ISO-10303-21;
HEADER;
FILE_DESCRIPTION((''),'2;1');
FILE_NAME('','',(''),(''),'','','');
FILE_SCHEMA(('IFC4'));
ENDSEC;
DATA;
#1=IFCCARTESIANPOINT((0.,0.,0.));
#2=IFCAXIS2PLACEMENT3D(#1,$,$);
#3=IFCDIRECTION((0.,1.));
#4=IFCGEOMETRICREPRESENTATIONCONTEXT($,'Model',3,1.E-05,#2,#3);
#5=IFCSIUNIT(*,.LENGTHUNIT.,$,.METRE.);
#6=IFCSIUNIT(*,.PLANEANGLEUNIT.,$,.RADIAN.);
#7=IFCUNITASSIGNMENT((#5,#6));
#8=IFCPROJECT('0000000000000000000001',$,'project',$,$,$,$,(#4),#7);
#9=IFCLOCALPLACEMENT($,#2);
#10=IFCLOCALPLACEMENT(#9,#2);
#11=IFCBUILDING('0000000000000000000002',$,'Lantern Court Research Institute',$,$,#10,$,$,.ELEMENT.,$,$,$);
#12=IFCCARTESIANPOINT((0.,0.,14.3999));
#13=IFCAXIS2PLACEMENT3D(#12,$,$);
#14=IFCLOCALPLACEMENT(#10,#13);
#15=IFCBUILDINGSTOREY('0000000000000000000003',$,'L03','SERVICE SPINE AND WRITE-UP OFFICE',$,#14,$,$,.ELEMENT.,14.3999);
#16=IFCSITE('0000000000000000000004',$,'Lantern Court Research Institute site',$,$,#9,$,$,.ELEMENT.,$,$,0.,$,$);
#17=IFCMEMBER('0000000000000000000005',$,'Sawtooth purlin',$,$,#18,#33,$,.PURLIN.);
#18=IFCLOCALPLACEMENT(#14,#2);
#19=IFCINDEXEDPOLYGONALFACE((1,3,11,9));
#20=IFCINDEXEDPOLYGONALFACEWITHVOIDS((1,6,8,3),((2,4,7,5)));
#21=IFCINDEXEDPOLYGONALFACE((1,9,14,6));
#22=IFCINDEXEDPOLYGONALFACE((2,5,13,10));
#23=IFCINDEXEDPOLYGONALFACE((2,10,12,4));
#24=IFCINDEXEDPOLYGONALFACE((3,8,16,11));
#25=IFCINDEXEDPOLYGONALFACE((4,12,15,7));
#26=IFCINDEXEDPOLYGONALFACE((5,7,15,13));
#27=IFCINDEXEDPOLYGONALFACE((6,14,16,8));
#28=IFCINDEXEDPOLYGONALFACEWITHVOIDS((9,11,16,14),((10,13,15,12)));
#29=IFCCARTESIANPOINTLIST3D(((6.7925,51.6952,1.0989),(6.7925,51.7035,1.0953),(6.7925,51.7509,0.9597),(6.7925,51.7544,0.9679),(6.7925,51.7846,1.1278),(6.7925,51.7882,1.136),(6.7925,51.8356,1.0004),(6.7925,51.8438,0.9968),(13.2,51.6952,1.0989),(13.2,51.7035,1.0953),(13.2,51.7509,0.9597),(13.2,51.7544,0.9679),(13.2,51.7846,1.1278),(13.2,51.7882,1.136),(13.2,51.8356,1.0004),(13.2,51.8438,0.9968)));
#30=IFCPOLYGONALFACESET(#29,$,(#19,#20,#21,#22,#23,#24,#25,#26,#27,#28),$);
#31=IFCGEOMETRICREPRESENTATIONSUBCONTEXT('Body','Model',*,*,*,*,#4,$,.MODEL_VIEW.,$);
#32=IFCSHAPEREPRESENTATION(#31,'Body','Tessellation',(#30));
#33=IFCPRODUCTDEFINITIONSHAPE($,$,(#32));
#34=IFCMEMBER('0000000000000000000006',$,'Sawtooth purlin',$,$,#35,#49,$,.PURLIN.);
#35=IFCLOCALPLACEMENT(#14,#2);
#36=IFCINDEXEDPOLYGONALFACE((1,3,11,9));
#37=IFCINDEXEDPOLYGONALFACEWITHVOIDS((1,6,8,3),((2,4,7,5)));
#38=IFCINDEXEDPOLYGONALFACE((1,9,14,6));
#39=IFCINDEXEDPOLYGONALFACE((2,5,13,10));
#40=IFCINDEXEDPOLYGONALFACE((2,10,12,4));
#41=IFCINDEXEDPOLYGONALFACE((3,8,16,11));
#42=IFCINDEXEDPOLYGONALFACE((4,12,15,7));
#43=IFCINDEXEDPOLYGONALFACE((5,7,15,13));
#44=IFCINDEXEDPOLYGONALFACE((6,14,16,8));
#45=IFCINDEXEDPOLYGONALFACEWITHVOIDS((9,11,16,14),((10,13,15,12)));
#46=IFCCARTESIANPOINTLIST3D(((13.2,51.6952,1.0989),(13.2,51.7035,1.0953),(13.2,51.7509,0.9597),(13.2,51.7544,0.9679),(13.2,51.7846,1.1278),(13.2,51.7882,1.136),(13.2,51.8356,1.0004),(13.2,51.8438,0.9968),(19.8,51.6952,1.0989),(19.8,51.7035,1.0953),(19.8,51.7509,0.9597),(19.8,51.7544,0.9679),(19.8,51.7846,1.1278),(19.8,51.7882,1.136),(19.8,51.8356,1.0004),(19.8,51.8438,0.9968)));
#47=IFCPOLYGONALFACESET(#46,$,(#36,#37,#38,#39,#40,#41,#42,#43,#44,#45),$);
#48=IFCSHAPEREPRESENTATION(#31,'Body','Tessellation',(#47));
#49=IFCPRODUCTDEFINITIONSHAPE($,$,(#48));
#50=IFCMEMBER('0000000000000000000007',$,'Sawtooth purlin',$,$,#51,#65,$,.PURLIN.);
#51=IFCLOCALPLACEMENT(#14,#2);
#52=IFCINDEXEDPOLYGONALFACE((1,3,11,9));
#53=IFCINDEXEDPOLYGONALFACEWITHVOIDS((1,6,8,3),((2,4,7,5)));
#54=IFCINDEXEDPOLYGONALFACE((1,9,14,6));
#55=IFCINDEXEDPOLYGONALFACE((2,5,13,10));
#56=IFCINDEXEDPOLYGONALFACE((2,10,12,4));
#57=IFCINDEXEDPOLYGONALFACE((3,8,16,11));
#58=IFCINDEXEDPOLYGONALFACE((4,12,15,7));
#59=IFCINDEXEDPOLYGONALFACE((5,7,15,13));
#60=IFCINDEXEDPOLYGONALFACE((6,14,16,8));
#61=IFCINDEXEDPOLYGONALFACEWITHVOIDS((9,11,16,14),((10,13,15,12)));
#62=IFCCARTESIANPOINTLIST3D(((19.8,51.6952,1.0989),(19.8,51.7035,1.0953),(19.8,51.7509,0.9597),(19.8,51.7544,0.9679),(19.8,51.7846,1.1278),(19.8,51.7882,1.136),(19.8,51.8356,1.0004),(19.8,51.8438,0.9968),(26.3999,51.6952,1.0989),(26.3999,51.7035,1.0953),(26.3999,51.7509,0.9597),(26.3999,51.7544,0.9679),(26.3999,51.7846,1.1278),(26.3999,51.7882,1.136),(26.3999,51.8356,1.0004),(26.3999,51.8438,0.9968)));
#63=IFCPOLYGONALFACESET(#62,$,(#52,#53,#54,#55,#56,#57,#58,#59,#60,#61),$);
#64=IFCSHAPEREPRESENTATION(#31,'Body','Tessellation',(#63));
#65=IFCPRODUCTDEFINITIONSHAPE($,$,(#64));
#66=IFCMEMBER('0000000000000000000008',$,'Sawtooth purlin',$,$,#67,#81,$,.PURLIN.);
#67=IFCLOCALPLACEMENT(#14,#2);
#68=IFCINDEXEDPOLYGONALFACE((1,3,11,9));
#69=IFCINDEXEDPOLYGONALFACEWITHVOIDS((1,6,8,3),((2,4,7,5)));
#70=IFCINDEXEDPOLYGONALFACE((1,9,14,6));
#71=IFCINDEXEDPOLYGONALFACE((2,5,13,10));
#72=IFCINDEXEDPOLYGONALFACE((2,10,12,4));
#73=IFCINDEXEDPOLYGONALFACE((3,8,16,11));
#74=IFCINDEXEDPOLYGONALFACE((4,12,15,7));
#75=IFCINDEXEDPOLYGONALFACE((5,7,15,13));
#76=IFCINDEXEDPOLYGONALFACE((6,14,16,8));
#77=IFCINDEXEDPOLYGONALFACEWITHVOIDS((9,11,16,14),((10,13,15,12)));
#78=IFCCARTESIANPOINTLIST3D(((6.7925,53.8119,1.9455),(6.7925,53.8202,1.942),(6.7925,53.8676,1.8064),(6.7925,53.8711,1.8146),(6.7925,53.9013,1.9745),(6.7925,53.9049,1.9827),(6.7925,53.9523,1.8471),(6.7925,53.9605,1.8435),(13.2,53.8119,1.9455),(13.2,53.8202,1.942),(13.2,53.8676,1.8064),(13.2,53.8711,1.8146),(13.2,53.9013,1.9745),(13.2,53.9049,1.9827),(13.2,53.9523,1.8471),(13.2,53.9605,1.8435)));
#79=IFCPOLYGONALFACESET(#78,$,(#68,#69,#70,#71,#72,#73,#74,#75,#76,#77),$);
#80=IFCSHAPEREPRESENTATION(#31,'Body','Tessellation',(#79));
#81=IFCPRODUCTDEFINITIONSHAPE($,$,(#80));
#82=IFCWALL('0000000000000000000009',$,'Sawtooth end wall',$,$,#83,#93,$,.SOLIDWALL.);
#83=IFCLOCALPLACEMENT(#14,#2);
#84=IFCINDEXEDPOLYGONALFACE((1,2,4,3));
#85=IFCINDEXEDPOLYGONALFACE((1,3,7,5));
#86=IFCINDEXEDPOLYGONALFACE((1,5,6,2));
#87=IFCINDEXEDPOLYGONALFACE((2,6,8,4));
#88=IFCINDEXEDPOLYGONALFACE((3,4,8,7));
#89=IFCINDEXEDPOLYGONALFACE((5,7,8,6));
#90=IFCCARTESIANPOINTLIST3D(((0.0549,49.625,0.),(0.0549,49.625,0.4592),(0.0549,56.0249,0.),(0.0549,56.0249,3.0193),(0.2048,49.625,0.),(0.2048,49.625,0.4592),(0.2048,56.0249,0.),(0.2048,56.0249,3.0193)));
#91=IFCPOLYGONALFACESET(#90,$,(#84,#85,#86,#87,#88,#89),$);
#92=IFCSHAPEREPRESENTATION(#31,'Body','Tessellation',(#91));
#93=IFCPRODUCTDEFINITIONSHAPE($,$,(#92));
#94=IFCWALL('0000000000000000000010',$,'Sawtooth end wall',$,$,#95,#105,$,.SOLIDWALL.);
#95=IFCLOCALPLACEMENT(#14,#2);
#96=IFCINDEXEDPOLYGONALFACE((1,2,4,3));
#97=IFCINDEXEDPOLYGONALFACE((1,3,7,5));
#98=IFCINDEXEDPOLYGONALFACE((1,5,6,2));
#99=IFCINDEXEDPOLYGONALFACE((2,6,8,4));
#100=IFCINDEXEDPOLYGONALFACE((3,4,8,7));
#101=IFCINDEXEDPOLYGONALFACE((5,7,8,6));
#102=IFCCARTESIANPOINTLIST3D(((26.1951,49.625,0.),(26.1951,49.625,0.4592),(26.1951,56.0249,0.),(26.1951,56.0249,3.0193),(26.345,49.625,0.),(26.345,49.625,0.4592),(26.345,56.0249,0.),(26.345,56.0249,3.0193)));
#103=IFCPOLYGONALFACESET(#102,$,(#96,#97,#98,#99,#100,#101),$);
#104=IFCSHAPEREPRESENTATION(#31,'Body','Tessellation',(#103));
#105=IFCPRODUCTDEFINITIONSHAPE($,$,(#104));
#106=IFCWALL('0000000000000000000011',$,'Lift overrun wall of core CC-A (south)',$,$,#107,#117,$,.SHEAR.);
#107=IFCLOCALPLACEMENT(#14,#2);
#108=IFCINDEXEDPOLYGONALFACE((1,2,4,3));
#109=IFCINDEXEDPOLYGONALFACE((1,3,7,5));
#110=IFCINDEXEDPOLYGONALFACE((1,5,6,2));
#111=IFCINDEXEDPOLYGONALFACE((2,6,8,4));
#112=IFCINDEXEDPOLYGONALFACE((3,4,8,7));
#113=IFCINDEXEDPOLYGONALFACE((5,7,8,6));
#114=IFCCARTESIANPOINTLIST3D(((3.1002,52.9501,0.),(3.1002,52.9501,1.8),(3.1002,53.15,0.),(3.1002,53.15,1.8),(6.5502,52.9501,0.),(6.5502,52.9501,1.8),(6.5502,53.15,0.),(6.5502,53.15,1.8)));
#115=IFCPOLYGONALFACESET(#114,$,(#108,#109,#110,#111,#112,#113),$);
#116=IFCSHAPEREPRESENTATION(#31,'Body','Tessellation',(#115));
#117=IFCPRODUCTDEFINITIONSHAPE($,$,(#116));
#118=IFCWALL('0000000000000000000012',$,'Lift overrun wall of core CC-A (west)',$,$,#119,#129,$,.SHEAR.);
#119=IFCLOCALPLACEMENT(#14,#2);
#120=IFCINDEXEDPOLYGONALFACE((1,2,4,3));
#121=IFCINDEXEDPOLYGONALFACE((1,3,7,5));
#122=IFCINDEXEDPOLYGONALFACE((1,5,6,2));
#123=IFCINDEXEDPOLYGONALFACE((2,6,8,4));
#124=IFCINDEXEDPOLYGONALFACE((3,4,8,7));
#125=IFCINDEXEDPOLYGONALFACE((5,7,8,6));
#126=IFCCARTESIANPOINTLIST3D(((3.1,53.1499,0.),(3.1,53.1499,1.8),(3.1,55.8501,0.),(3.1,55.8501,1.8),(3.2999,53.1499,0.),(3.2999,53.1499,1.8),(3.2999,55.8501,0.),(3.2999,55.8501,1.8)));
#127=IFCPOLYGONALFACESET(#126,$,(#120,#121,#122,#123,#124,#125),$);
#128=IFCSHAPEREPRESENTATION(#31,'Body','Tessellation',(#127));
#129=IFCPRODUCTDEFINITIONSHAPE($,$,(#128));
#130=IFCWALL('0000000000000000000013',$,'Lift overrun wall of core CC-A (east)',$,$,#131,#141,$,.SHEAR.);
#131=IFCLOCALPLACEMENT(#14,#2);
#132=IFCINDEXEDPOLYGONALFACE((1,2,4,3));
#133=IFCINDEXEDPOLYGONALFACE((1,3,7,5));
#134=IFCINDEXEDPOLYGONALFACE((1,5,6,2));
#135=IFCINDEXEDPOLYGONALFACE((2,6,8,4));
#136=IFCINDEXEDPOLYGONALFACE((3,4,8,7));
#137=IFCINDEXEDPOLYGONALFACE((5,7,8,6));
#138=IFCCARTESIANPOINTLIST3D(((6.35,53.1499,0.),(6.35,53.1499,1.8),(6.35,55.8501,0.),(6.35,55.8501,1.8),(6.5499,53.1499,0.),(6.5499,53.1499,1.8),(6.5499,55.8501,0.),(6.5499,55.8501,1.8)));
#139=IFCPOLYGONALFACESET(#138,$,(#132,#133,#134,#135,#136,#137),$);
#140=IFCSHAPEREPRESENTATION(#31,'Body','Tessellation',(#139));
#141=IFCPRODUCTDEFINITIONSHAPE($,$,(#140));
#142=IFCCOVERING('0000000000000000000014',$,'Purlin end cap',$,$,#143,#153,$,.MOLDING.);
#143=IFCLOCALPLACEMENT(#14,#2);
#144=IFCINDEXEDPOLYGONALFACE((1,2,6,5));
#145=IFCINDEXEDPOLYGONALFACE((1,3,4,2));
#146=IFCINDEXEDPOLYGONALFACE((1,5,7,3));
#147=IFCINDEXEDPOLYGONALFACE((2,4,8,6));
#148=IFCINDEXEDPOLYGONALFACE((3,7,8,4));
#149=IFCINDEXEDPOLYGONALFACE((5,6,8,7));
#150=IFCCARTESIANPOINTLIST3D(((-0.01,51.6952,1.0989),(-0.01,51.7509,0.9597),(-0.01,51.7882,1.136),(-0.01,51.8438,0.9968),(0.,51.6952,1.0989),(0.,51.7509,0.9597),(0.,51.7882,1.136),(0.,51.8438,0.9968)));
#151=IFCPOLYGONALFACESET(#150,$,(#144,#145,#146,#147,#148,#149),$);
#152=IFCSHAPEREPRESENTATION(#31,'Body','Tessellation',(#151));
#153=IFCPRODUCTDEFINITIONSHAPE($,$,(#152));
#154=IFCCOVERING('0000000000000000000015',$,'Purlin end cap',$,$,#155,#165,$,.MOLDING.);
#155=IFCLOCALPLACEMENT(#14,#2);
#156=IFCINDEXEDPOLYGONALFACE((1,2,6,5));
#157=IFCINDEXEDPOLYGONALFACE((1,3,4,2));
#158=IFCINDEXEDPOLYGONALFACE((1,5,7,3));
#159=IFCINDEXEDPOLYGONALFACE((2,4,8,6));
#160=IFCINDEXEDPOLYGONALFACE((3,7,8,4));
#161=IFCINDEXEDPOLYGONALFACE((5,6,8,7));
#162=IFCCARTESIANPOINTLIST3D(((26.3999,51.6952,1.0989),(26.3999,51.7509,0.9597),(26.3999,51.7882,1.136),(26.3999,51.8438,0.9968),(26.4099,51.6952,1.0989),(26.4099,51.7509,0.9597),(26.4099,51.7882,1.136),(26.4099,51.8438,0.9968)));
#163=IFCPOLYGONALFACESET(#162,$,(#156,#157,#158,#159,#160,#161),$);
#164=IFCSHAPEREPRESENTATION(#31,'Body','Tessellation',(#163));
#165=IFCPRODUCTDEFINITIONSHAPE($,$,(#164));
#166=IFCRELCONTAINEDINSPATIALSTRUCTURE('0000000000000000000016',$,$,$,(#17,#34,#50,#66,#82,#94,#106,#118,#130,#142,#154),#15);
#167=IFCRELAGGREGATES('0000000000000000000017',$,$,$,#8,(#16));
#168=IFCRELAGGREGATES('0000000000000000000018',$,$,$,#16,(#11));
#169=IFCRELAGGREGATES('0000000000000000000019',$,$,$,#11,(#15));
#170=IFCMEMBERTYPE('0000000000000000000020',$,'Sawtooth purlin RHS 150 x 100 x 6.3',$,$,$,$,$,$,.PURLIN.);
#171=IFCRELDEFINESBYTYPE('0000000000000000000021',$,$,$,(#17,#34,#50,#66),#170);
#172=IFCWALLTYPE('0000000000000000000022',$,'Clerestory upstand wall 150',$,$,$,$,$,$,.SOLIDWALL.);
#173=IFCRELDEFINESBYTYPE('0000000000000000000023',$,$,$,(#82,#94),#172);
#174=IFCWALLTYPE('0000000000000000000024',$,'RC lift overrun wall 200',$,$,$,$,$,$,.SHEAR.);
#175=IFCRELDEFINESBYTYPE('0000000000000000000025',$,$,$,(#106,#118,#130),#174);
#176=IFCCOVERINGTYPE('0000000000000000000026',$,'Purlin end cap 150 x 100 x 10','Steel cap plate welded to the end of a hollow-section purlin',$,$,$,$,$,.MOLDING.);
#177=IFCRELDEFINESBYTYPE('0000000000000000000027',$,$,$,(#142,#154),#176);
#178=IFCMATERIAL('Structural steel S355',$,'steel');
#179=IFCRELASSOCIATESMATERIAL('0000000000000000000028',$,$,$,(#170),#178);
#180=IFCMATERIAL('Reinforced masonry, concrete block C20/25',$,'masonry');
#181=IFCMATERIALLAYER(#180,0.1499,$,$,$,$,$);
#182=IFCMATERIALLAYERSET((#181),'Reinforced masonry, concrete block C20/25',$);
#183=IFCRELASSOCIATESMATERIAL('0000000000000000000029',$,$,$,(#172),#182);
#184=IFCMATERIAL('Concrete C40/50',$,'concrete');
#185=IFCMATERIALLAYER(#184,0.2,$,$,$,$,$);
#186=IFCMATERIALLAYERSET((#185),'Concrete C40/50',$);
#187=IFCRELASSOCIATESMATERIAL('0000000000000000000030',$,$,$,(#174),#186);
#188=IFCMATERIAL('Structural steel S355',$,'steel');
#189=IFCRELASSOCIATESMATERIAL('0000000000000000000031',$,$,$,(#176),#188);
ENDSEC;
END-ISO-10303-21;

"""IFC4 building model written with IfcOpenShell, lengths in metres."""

from ifc_helpers import new_model, si_unit, direction, frame, frame_2d, origin, origin_2d, place, context, subcontext, project, spatial, polyline, rectangle, hollow_rectangle, outline, extrude, material, layer, layer_set, material_profile, profile_set, type_object, element, save


model = new_model("IFC4")

# Units and contexts
model_context = context("Model", 3, precision=1e-05, world=origin(), true_north=direction((0.0, 1.0)))
body_context = subcontext(model_context, "Body", "Model", "MODEL_VIEW")
ifc_project = project(units=[si_unit("LENGTHUNIT", "METRE"), si_unit("PLANEANGLEUNIT", "RADIAN")], contexts=[model_context])

# Site, building, storey
site_placement = place(None, origin())
site = spatial("IfcSite", under=ifc_project, at=site_placement, Name="Lantern Court Research Institute site", CompositionType="ELEMENT", RefElevation=0.0)
building_placement = place(site_placement, origin())
building = spatial("IfcBuilding", under=site, at=building_placement, Name="Lantern Court Research Institute", CompositionType="ELEMENT")
storey_placement = place(building_placement, frame((0.0, 0.0, 14.3999)))
storey = spatial("IfcBuildingStorey", under=building, at=storey_placement, Name="L03", Description="SERVICE SPINE AND WRITE-UP OFFICE", CompositionType="ELEMENT", Elevation=14.3999)

# Members
ifc_material_1 = material(Name="Structural steel S355", Category="steel")
ifc_material_profile_1 = material_profile(ifc_material_1, hollow_rectangle(XDim=0.1001, YDim=0.1499, WallThickness=0.0063, at=origin_2d()), Name="Sawtooth purlin RHS 150 x 100 x 6.3")
ifc_profile_set_1 = profile_set([ifc_material_profile_1], Name="Structural steel S355")
member_type_1 = type_object("IfcMemberType", Name="Sawtooth purlin RHS 150 x 100 x 6.3", PredefinedType="PURLIN", material=ifc_profile_set_1)
member_1_placement = place(storey_placement, frame((6.7925, 51.7695, 1.0479), z_axis=(1.0, 0.0, 0.0), x_axis=(0.0, 0.928477, 0.371391)))
element("IfcMember", 1, at=member_1_placement, inside=storey, type_object=member_type_1, Name="Sawtooth purlin", PredefinedType="PURLIN", context=body_context, shape_type="SweptSolid", body=[
    extrude(hollow_rectangle(XDim=0.1001, YDim=0.1499, WallThickness=0.0063, at=origin_2d()), origin(), (0.0, 0.0, 1.0), 6.4075),
])
member_2_placement = place(storey_placement, frame((13.2, 51.7695, 1.0479), z_axis=(1.0, 0.0, 0.0), x_axis=(0.0, 0.928477, 0.371391)))
element("IfcMember", 2, at=member_2_placement, inside=storey, type_object=member_type_1, Name="Sawtooth purlin", PredefinedType="PURLIN", context=body_context, shape_type="SweptSolid", body=[
    extrude(hollow_rectangle(XDim=0.1001, YDim=0.1499, WallThickness=0.0063, at=origin_2d()), origin(), (0.0, 0.0, 1.0), 6.6001),
])
member_3_placement = place(storey_placement, frame((19.8, 51.7695, 1.0479), z_axis=(1.0, 0.0, 0.0), x_axis=(0.0, 0.928477, 0.371391)))
element("IfcMember", 3, at=member_3_placement, inside=storey, type_object=member_type_1, Name="Sawtooth purlin", PredefinedType="PURLIN", context=body_context, shape_type="SweptSolid", body=[
    extrude(hollow_rectangle(XDim=0.1001, YDim=0.1499, WallThickness=0.0063, at=origin_2d()), origin(), (0.0, 0.0, 1.0), 6.5999),
])
member_4_placement = place(storey_placement, frame((6.7925, 53.8862, 1.8945), z_axis=(1.0, 0.0, 0.0), x_axis=(0.0, 0.928477, 0.371391)))
element("IfcMember", 4, at=member_4_placement, inside=storey, type_object=member_type_1, Name="Sawtooth purlin", PredefinedType="PURLIN", context=body_context, shape_type="SweptSolid", body=[
    extrude(hollow_rectangle(XDim=0.1001, YDim=0.1499, WallThickness=0.0063, at=origin_2d()), origin(), (0.0, 0.0, 1.0), 6.4075),
])

# Walls
ifc_material_2 = material(Name="Reinforced masonry, concrete block C20/25", Category="masonry")
ifc_layer_1 = layer(ifc_material_2, 0.1499)
ifc_layer_set_1 = layer_set([ifc_layer_1], Name="Reinforced masonry, concrete block C20/25")
wall_type_1 = type_object("IfcWallType", Name="Clerestory upstand wall 150", PredefinedType="SOLIDWALL", material=ifc_layer_set_1)
for number, where, z_axis, x_axis, name in (
    (5, (0.1299, 49.625, 0.0), (0.0, 0.0, 1.0), (0.0, 1.0, 0.0), "Sawtooth end wall"),
    (6, (26.27, 49.625, 0.0), (0.0, 0.0, 1.0), (0.0, 1.0, 0.0), "Sawtooth end wall"),
):
    element("IfcWall", number, at=place(storey_placement, frame(where, z_axis=z_axis, x_axis=x_axis)), inside=storey, type_object=wall_type_1, Name=name, PredefinedType="SOLIDWALL", context=body_context, shape_type="SweptSolid", body=[
        extrude(outline(polyline([(0.0, 0.0), (6.3999, 0.0), (6.3999, 3.0193), (0.0, 0.4592), (0.0, 0.0)])), frame((0.0, 0.075, 0.0), z_axis=(0.0, -1.0, 0.0), x_axis=(1.0, 0.0, 0.0)), (0.0, 0.0, 1.0), 0.1499),
    ])
ifc_material_3 = material(Name="Concrete C40/50", Category="concrete")
ifc_layer_2 = layer(ifc_material_3, 0.2)
ifc_layer_set_2 = layer_set([ifc_layer_2], Name="Concrete C40/50")
wall_type_2 = type_object("IfcWallType", Name="RC lift overrun wall 200", PredefinedType="SHEAR", material=ifc_layer_set_2)
wall_placement = place(storey_placement, frame((3.1001, 53.05, 0.0), z_axis=(0.0, 0.0, 1.0), x_axis=(1.0, 0.0, 0.0)))
element("IfcWall", 7, at=wall_placement, inside=storey, type_object=wall_type_2, Name="Lift overrun wall of core CC-A (south)", PredefinedType="SHEAR", context=body_context, shape_type="SweptSolid", body=[
    extrude(rectangle(XDim=3.45, YDim=0.2, at=frame_2d((1.7251, 0.0))), origin(), (0.0, 0.0, 1.0), 1.8),
])
for number, where, z_axis, x_axis, name in (
    (8, (3.2, 53.1499, 0.0), (0.0, 0.0, 1.0), (0.0, 1.0, 0.0), "Lift overrun wall of core CC-A (west)"),
    (9, (6.45, 53.1499, 0.0), (0.0, 0.0, 1.0), (0.0, 1.0, 0.0), "Lift overrun wall of core CC-A (east)"),
):
    element("IfcWall", number, at=place(storey_placement, frame(where, z_axis=z_axis, x_axis=x_axis)), inside=storey, type_object=wall_type_2, Name=name, PredefinedType="SHEAR", context=body_context, shape_type="SweptSolid", body=[
        extrude(rectangle(XDim=2.7002, YDim=0.2, at=frame_2d((1.3501, 0.0))), origin(), (0.0, 0.0, 1.0), 1.8),
    ])

# Coverings
ifc_material_4 = material(Name="Structural steel S355", Category="steel")
ifc_material_profile_2 = material_profile(ifc_material_4, outline(polyline([(-0.05, -0.075), (0.05, -0.075), (0.05, 0.075), (-0.05, 0.075), (-0.05, -0.075)])), Name="Purlin end cap 150 x 100 x 10")
ifc_profile_set_2 = profile_set([ifc_material_profile_2], Name="Structural steel S355")
covering_type = type_object("IfcCoveringType", Name="Purlin end cap 150 x 100 x 10", Description="Steel cap plate welded to the end of a hollow-section purlin", PredefinedType="MOLDING", material=ifc_profile_set_2)
for number, where, z_axis, x_axis, name in (
    (10, (0.0, 51.7695, 1.0479), (-1.0, 0.0, 0.0), (0.0, -0.928477, -0.371391), "Purlin end cap"),
    (11, (26.3999, 51.7695, 1.0479), (1.0, 0.0, 0.0), (0.0, 0.928477, 0.371391), "Purlin end cap"),
):
    element("IfcCovering", number, at=place(storey_placement, frame(where, z_axis=z_axis, x_axis=x_axis)), inside=storey, type_object=covering_type, Name=name, PredefinedType="MOLDING", context=body_context, shape_type="SweptSolid", body=[
        extrude(outline(polyline([(-0.05, -0.075), (0.05, -0.075), (0.05, 0.075), (-0.05, 0.075), (-0.05, -0.075)])), origin(), (0.0, 0.0, 1.0), 0.01),
    ])

save(model, "model.ifc")
